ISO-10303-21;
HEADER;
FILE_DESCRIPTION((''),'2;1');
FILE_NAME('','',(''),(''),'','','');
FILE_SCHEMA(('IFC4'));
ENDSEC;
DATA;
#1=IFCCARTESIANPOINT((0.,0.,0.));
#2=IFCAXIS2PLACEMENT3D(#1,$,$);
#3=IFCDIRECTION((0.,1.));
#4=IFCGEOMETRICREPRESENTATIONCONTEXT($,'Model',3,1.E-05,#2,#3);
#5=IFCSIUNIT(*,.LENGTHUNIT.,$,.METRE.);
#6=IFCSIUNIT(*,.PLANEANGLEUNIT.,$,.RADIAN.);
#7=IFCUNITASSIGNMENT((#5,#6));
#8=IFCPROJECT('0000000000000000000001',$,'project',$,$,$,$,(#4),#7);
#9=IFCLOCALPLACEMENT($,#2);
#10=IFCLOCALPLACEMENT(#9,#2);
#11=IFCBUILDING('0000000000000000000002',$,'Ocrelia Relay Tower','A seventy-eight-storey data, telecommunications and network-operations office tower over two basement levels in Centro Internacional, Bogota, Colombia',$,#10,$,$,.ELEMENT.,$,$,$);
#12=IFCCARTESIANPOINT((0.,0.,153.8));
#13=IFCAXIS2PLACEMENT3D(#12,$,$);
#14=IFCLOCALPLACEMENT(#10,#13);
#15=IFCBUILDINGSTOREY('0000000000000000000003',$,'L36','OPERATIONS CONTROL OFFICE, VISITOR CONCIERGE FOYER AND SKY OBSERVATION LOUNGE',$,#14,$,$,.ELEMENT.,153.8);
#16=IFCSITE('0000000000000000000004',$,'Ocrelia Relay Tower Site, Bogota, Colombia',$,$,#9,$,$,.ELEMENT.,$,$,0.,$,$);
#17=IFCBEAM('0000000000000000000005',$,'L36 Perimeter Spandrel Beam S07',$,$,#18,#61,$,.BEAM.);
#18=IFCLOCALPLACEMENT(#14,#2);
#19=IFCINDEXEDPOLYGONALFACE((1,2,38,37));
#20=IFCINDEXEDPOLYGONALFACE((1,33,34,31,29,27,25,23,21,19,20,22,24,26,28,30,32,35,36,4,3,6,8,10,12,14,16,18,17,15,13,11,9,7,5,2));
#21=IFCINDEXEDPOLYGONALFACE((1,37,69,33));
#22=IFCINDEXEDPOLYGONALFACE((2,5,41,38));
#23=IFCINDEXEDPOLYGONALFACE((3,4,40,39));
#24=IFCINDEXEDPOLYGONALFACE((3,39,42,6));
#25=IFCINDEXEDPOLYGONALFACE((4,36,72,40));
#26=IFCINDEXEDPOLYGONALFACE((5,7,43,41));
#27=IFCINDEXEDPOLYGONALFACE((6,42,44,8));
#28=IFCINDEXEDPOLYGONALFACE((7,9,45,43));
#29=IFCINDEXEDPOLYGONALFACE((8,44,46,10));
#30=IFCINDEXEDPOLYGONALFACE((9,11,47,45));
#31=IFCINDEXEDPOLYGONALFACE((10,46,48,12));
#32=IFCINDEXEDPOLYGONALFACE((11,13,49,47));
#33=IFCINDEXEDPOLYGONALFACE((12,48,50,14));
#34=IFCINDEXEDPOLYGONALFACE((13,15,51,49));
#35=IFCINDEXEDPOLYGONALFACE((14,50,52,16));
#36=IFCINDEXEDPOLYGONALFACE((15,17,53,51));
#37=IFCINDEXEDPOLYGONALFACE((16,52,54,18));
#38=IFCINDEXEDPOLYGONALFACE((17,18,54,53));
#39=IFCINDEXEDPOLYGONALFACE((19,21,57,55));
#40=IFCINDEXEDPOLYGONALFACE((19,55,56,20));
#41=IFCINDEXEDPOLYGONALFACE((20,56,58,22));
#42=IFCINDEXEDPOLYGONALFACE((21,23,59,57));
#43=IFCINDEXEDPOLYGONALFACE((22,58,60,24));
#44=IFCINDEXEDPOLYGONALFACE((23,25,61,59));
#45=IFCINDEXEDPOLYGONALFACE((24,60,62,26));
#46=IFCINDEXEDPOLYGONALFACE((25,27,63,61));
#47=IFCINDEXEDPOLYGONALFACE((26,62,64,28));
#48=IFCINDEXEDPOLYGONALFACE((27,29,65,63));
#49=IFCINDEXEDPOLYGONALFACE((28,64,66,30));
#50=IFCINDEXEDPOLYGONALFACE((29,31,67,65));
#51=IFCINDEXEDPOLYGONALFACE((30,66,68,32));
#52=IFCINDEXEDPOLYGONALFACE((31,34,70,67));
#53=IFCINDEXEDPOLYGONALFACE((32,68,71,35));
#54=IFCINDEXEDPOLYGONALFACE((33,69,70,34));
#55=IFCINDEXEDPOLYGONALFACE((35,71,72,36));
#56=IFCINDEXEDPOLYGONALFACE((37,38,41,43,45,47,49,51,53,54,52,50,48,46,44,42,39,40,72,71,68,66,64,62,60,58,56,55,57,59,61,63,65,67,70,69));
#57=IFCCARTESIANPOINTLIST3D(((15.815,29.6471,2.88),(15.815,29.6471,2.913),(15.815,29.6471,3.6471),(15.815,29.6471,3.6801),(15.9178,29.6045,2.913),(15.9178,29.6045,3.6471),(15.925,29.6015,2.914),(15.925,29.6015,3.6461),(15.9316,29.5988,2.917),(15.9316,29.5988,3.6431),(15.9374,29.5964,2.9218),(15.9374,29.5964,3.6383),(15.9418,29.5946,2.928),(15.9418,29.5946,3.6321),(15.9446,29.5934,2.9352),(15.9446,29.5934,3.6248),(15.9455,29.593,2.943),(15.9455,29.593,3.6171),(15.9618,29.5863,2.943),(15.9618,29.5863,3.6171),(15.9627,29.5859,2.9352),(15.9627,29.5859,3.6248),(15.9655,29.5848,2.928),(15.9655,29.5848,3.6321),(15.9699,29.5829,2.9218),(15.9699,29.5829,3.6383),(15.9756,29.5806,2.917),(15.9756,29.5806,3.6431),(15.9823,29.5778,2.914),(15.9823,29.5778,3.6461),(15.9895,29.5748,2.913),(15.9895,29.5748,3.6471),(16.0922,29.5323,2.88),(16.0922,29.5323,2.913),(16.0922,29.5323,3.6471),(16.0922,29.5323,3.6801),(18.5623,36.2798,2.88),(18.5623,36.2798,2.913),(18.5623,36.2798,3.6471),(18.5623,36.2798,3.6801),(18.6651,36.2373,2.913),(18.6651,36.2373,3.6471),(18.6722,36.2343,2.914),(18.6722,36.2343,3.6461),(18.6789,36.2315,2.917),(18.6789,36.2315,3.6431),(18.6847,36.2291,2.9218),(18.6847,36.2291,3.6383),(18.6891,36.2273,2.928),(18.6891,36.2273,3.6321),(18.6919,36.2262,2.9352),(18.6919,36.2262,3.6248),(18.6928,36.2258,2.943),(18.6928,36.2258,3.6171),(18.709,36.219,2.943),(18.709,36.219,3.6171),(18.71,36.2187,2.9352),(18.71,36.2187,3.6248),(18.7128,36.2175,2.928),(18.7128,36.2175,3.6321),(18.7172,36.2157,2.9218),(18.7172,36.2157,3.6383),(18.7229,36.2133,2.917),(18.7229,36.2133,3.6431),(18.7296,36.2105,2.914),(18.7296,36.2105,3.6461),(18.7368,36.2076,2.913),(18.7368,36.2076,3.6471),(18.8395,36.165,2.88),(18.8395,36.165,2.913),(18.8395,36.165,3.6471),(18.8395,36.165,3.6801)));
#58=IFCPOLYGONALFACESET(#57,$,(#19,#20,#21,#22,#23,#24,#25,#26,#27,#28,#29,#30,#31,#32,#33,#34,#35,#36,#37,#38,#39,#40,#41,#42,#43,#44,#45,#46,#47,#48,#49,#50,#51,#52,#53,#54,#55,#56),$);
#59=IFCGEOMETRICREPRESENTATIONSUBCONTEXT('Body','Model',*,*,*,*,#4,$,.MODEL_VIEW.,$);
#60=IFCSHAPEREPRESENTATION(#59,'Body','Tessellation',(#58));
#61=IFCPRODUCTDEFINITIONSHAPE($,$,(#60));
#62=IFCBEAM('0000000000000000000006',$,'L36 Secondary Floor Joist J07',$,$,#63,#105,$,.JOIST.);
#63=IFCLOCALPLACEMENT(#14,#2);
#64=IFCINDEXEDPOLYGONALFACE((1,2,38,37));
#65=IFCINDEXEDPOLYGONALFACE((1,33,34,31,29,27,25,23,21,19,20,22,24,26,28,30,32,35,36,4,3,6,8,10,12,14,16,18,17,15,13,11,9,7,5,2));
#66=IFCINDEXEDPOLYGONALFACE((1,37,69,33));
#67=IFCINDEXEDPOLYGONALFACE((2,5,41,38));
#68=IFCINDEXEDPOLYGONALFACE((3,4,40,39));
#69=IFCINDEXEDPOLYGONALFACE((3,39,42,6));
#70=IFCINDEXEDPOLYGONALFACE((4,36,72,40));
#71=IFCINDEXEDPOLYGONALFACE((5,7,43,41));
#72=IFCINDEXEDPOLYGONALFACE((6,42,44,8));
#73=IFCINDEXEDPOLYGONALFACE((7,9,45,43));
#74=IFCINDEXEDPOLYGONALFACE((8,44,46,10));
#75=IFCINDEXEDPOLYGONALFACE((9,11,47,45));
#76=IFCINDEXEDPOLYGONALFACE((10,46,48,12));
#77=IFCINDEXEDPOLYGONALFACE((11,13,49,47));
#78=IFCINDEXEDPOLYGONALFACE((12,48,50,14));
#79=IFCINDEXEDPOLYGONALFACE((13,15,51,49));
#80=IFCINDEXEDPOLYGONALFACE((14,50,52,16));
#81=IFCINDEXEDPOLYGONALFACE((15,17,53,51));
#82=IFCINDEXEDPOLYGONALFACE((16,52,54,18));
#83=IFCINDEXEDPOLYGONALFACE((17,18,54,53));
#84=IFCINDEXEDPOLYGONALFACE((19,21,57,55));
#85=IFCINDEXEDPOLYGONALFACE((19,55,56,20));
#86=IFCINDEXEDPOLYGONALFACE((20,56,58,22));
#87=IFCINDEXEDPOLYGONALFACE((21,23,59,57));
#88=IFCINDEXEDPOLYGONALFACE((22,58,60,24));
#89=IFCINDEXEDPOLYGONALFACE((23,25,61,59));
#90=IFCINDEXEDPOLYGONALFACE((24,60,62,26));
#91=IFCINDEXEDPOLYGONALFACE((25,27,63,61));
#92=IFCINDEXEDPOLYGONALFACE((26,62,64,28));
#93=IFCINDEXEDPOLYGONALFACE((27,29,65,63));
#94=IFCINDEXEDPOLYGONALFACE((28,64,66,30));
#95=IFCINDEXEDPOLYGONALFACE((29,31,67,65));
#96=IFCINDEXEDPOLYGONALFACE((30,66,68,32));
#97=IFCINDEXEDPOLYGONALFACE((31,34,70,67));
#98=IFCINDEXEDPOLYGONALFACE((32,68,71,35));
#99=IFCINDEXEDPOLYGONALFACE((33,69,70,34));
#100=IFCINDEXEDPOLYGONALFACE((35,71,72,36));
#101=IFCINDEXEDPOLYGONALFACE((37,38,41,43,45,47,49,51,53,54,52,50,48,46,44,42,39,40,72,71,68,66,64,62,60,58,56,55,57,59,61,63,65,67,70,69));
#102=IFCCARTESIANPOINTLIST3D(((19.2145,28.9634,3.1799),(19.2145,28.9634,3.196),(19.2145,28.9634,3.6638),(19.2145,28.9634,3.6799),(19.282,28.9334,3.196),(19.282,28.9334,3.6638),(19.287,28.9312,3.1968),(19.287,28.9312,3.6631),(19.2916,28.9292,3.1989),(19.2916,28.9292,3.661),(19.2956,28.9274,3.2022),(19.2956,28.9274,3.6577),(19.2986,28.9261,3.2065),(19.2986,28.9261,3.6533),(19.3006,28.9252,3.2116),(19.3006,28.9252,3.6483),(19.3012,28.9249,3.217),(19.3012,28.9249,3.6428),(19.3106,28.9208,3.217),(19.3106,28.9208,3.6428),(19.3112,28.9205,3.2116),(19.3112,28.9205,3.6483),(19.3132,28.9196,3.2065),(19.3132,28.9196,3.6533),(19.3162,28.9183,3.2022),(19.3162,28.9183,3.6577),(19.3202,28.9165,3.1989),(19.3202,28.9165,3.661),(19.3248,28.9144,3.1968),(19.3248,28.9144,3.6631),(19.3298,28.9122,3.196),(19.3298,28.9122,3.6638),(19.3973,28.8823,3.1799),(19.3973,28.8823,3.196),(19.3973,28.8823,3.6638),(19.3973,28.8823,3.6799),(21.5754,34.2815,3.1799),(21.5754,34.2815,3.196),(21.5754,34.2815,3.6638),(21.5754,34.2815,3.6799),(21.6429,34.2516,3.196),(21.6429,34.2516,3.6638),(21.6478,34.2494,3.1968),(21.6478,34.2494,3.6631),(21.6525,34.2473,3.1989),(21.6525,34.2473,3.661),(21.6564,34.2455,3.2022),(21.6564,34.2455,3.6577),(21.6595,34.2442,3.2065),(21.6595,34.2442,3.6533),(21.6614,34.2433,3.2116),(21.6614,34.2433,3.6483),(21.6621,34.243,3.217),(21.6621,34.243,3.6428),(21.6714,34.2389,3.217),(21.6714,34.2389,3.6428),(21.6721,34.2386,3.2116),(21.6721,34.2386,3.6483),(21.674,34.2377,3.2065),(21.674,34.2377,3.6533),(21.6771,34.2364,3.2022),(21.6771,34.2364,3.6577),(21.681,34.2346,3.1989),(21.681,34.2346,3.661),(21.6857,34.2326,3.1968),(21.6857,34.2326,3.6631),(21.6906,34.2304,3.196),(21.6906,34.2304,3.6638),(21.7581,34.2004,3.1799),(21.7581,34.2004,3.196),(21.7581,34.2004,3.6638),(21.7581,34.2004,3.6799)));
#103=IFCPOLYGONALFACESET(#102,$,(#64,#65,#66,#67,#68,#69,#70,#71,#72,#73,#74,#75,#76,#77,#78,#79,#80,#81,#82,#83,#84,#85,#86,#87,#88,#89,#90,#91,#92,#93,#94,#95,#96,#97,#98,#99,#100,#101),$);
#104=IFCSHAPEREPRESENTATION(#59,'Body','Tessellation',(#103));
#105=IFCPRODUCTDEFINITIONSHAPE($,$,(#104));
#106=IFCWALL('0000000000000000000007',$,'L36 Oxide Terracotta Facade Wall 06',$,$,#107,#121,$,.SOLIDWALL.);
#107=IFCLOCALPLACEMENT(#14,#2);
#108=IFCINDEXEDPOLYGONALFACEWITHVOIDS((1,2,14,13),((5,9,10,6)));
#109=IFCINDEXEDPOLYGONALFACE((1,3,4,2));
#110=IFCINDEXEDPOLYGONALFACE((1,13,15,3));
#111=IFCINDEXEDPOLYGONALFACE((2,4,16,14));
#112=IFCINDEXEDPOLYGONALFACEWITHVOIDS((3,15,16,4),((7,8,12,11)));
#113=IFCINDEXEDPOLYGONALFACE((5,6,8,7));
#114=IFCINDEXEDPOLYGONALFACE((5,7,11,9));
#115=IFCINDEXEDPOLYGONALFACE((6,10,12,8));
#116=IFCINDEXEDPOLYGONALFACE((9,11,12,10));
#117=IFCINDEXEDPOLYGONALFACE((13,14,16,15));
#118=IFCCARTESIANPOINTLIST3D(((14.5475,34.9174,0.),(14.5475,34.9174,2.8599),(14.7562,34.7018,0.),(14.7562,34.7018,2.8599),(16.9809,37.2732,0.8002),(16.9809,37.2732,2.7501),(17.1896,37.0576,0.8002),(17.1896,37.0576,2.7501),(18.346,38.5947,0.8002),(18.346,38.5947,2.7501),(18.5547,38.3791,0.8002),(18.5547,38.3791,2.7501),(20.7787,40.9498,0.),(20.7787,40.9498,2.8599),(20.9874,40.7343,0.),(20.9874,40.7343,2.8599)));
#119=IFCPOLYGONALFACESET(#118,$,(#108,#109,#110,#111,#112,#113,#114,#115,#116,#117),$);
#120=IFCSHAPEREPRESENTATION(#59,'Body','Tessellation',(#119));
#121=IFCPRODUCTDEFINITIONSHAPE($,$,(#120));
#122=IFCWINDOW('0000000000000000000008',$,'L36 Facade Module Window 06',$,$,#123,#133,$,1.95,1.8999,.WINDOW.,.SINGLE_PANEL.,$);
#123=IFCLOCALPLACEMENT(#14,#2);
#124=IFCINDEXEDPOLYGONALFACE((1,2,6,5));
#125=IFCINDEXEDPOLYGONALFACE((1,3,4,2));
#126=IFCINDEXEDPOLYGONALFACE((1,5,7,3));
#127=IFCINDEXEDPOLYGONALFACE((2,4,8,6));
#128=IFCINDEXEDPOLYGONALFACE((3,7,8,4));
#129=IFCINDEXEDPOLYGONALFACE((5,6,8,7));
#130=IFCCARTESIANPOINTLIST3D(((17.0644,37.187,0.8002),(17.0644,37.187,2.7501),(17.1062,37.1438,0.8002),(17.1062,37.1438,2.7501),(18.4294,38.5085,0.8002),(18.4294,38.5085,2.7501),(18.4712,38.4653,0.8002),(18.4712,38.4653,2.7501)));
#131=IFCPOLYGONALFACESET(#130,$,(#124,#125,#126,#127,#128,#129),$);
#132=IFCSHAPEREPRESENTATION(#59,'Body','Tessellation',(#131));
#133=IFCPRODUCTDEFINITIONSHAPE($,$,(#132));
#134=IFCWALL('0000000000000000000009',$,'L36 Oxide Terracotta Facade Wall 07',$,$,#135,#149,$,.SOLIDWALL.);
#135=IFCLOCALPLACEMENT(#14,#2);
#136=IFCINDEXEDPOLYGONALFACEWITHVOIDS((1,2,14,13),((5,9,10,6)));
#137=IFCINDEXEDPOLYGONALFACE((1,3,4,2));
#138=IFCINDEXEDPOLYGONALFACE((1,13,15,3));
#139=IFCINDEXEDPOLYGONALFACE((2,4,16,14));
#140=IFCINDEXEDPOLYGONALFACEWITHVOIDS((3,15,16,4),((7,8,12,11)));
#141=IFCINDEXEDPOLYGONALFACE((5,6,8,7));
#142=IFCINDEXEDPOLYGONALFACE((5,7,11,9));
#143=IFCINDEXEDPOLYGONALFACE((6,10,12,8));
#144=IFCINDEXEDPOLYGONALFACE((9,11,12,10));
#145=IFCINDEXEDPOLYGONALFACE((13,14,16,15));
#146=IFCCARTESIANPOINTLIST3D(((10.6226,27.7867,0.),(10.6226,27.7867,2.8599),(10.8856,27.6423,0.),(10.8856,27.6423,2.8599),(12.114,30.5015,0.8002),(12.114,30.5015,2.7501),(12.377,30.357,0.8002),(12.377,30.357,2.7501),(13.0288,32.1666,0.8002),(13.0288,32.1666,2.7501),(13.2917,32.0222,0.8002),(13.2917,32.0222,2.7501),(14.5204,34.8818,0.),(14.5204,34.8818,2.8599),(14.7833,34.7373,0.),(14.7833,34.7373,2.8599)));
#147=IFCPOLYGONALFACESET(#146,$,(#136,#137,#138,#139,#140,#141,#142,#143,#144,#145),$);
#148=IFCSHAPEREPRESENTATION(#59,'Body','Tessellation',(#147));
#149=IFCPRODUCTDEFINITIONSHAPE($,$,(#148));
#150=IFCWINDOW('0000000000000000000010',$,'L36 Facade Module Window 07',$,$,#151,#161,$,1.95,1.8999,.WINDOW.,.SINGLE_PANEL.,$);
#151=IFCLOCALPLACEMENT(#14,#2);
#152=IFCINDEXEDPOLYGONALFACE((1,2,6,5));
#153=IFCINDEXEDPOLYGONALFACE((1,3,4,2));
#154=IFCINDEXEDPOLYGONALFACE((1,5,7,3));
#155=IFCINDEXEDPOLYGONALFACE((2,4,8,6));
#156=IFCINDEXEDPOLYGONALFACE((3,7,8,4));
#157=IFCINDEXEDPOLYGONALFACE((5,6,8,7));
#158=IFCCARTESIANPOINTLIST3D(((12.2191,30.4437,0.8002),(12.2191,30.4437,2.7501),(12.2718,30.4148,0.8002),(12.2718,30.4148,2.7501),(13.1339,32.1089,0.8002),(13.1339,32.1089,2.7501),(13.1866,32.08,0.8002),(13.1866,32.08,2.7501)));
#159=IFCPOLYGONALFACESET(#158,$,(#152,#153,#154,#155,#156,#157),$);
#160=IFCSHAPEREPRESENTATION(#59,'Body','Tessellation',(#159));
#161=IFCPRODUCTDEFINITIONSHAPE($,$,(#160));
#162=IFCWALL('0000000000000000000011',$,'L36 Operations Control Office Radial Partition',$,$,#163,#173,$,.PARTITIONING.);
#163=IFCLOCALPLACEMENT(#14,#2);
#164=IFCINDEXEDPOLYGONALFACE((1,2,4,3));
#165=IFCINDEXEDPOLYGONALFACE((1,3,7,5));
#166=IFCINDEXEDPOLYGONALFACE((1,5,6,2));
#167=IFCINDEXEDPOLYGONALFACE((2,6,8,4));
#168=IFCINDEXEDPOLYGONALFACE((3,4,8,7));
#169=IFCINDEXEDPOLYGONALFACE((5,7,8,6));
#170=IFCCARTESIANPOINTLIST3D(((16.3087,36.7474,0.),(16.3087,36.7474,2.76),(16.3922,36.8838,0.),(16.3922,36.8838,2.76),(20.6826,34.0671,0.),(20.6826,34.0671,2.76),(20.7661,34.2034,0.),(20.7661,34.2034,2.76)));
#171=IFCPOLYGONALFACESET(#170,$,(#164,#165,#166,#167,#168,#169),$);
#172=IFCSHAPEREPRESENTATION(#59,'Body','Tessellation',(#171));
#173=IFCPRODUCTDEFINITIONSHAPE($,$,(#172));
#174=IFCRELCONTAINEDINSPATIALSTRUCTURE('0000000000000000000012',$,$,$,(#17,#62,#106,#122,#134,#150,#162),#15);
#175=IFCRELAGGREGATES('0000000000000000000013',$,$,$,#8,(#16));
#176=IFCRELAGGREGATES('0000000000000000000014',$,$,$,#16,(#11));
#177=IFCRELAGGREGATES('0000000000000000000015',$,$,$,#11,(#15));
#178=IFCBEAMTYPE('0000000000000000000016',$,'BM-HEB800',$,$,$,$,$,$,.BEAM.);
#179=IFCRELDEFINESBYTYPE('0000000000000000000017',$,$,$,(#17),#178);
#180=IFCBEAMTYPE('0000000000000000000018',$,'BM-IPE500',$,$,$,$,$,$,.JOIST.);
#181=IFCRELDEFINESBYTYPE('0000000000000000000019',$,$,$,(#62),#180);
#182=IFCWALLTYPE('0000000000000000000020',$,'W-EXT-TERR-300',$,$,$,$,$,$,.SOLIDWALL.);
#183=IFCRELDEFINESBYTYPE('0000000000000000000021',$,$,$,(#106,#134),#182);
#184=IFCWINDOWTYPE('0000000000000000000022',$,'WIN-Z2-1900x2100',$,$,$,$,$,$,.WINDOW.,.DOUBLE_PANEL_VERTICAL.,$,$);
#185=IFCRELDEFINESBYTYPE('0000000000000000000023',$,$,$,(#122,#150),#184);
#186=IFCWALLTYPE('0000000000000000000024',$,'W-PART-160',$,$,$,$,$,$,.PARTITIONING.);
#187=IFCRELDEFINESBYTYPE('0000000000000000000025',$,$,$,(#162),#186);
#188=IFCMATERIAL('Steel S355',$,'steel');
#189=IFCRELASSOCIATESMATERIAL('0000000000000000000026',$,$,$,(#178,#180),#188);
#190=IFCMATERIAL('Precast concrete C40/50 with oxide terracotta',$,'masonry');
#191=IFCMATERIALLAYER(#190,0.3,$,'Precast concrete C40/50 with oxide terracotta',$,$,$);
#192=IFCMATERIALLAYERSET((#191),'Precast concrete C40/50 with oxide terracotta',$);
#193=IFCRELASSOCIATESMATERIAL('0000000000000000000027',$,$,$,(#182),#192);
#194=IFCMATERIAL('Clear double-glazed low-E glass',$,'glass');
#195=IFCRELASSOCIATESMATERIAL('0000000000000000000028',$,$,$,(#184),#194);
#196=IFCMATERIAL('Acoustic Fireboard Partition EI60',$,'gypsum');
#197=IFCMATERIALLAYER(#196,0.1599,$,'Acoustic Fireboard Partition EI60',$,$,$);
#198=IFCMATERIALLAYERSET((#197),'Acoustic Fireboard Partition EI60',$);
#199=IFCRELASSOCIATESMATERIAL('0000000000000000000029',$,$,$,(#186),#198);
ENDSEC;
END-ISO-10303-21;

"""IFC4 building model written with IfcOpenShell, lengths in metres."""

from ifc_helpers import new_model, si_unit, direction, frame, frame_2d, origin, origin_2d, place, context, subcontext, project, spatial, rectangle, i_section, extrude, material, layer, layer_set, material_profile, profile_set, type_object, element, fill, save


model = new_model("IFC4")

# Units and contexts
model_context = context("Model", 3, precision=1e-05, world=origin(), true_north=direction((0.0, 1.0)))
body_context = subcontext(model_context, "Body", "Model", "MODEL_VIEW")
ifc_project = project(units=[si_unit("LENGTHUNIT", "METRE"), si_unit("PLANEANGLEUNIT", "RADIAN")], contexts=[model_context])

# Site, building, storey
site_placement = place(None, origin())
site = spatial("IfcSite", under=ifc_project, at=site_placement, Name="Ocrelia Relay Tower Site, Bogota, Colombia", CompositionType="ELEMENT", RefElevation=0.0)
building_placement = place(site_placement, origin())
building = spatial("IfcBuilding", under=site, at=building_placement, Name="Ocrelia Relay Tower", Description="A seventy-eight-storey data, telecommunications and network-operations office tower over two basement levels in Centro Internacional, Bogota, Colombia", CompositionType="ELEMENT")
storey_placement = place(building_placement, frame((0.0, 0.0, 153.8)))
storey = spatial("IfcBuildingStorey", under=building, at=storey_placement, Name="L36", Description="OPERATIONS CONTROL OFFICE, VISITOR CONCIERGE FOYER AND SKY OBSERVATION LOUNGE", CompositionType="ELEMENT", Elevation=153.8)

# Beams
ifc_material_1 = material(Name="Steel S355", Category="steel")
ifc_material_profile_1 = material_profile(ifc_material_1, i_section(OverallWidth=0.3, OverallDepth=0.8, WebThickness=0.0176, FlangeThickness=0.033, FilletRadius=0.03, at=origin_2d()), Name="HEB 800")
ifc_profile_set_1 = profile_set([ifc_material_profile_1], Name="Steel S355")
beam_type_1 = type_object("IfcBeamType", Name="BM-HEB800", PredefinedType="BEAM", material=ifc_profile_set_1)
beam_1_placement = place(storey_placement, frame((18.7009, 36.2224, 3.28), z_axis=(-0.382673, -0.923884, 0.0), x_axis=(0.923884, -0.382673, 0.0)))
element("IfcBeam", 1, at=beam_1_placement, inside=storey, type_object=beam_type_1, Name="L36 Perimeter Spandrel Beam S07", PredefinedType="BEAM", context=body_context, shape_type="SweptSolid", body=[
    extrude(i_section(OverallWidth=0.3, OverallDepth=0.8, WebThickness=0.0176, FlangeThickness=0.033, FilletRadius=0.03, at=origin_2d()), origin(), (0.0, 0.0, 1.0), 7.1792),
])
ifc_material_profile_2 = material_profile(ifc_material_1, i_section(OverallWidth=0.2, OverallDepth=0.5, WebThickness=0.0103, FlangeThickness=0.0161, FilletRadius=0.021, at=origin_2d()), Name="IPE 500")
ifc_profile_set_2 = profile_set([ifc_material_profile_2], Name="Steel S355")
beam_type_2 = type_object("IfcBeamType", Name="BM-IPE500", PredefinedType="JOIST", material=ifc_profile_set_2)
beam_2_placement = place(storey_placement, frame((21.6667, 34.241, 3.4299), z_axis=(-0.405741, -0.913988, 0.0), x_axis=(0.913988, -0.405741, 0.0)))
element("IfcBeam", 2, at=beam_2_placement, inside=storey, type_object=beam_type_2, Name="L36 Secondary Floor Joist J07", PredefinedType="JOIST", context=body_context, shape_type="SweptSolid", body=[
    extrude(i_section(OverallWidth=0.2, OverallDepth=0.5, WebThickness=0.0103, FlangeThickness=0.0161, FilletRadius=0.021, at=origin_2d()), origin(), (0.0, 0.0, 1.0), 5.8186),
])

# Walls, openings, windows
ifc_material_2 = material(Name="Precast concrete C40/50 with oxide terracotta", Category="masonry")
ifc_layer_1 = layer(ifc_material_2, 0.3, Name="Precast concrete C40/50 with oxide terracotta")
ifc_layer_set_1 = layer_set([ifc_layer_1], Name="Precast concrete C40/50 with oxide terracotta")
wall_type_1 = type_object("IfcWallType", Name="W-EXT-TERR-300", PredefinedType="SOLIDWALL", material=ifc_layer_set_1)
wall_1_placement = place(storey_placement, frame((20.8831, 40.842, 0.0), z_axis=(0.0, 0.0, 1.0), x_axis=(-0.718471, -0.695557, 0.0)))
wall_1 = element("IfcWall", 3, at=wall_1_placement, inside=storey, type_object=wall_type_1, Name="L36 Oxide Terracotta Facade Wall 06", PredefinedType="SOLIDWALL", context=body_context, shape_type="SweptSolid", body=[
    extrude(rectangle(XDim=8.6729, YDim=0.3, at=frame_2d((4.3364, 0.0))), origin(), (0.0, 0.0, 1.0), 2.8599),
])
opening_1_placement = place(wall_1_placement, frame((3.386, 0.0, 0.8)))
opening_1 = element("IfcOpeningElement", 4, at=opening_1_placement, cuts=wall_1, PredefinedType="OPENING", context=body_context, shape_type="SweptSolid", body=[
    extrude(rectangle(XDim=1.8999, YDim=1.95, at=frame_2d((0.95, 0.9751))), frame((0.0, 0.1602, 0.0), z_axis=(0.0, -1.0, 0.0), x_axis=(1.0, 0.0, 0.0)), (0.0, 0.0, 1.0), 0.3201),
])
ifc_material_3 = material(Name="Clear double-glazed low-E glass", Category="glass")
window_type = type_object("IfcWindowType", Name="WIN-Z2-1900x2100", PartitioningType="DOUBLE_PANEL_VERTICAL", PredefinedType="WINDOW", material=ifc_material_3)
window_1_placement = place(opening_1_placement, origin())
window_1 = element("IfcWindow", 5, at=window_1_placement, inside=storey, type_object=window_type, Name="L36 Facade Module Window 06", OverallHeight=1.95, OverallWidth=1.8999, PartitioningType="SINGLE_PANEL", PredefinedType="WINDOW", context=body_context, shape_type="SweptSolid", body=[
    extrude(rectangle(XDim=1.8999, YDim=1.95, at=frame_2d((0.95, 0.9751))), frame((0.0, 0.03, 0.0), z_axis=(0.0, -1.0, 0.0), x_axis=(1.0, 0.0, 0.0)), (0.0, 0.0, 1.0), 0.0601),
])
fill(opening_1, window_1)
wall_2_placement = place(storey_placement, frame((14.6519, 34.8096, 0.0), z_axis=(0.0, 0.0, 1.0), x_axis=(-0.481489, -0.876452, 0.0)))
wall_2 = element("IfcWall", 6, at=wall_2_placement, inside=storey, type_object=wall_type_1, Name="L36 Oxide Terracotta Facade Wall 07", PredefinedType="SOLIDWALL", context=body_context, shape_type="SweptSolid", body=[
    extrude(rectangle(XDim=8.0952, YDim=0.3, at=frame_2d((4.0476, 0.0))), origin(), (0.0, 0.0, 1.0), 2.8599),
])
opening_2_placement = place(wall_2_placement, frame((3.0979, 0.0, 0.8)))
opening_2 = element("IfcOpeningElement", 7, at=opening_2_placement, cuts=wall_2, PredefinedType="OPENING", context=body_context, shape_type="SweptSolid", body=[
    extrude(rectangle(XDim=1.8999, YDim=1.95, at=frame_2d((0.95, 0.9751))), frame((0.0, 0.1602, 0.0), z_axis=(0.0, -1.0, 0.0), x_axis=(1.0, 0.0, 0.0)), (0.0, 0.0, 1.0), 0.3201),
])
window_2_placement = place(opening_2_placement, origin())
window_2 = element("IfcWindow", 8, at=window_2_placement, inside=storey, type_object=window_type, Name="L36 Facade Module Window 07", OverallHeight=1.95, OverallWidth=1.8999, PartitioningType="SINGLE_PANEL", PredefinedType="WINDOW", context=body_context, shape_type="SweptSolid", body=[
    extrude(rectangle(XDim=1.8999, YDim=1.95, at=frame_2d((0.95, 0.9751))), frame((0.0, 0.03, 0.0), z_axis=(0.0, -1.0, 0.0), x_axis=(1.0, 0.0, 0.0)), (0.0, 0.0, 1.0), 0.0601),
])
fill(opening_2, window_2)

# Wall
ifc_material_4 = material(Name="Acoustic Fireboard Partition EI60", Category="gypsum")
ifc_layer_2 = layer(ifc_material_4, 0.1599, Name="Acoustic Fireboard Partition EI60")
ifc_layer_set_2 = layer_set([ifc_layer_2], Name="Acoustic Fireboard Partition EI60")
wall_type_2 = type_object("IfcWallType", Name="W-PART-160", PredefinedType="PARTITIONING", material=ifc_layer_set_2)
wall_3_placement = place(storey_placement, frame((20.7244, 34.1353, 0.0), z_axis=(0.0, 0.0, 1.0), x_axis=(-0.852639, 0.522501, 0.0)))
element("IfcWall", 9, at=wall_3_placement, inside=storey, type_object=wall_type_2, Name="L36 Operations Control Office Radial Partition", PredefinedType="PARTITIONING", context=body_context, shape_type="SweptSolid", body=[
    extrude(rectangle(XDim=5.1299, YDim=0.1599, at=frame_2d((2.5649, 0.0))), origin(), (0.0, 0.0, 1.0), 2.76),
])

save(model, "model.ifc")
